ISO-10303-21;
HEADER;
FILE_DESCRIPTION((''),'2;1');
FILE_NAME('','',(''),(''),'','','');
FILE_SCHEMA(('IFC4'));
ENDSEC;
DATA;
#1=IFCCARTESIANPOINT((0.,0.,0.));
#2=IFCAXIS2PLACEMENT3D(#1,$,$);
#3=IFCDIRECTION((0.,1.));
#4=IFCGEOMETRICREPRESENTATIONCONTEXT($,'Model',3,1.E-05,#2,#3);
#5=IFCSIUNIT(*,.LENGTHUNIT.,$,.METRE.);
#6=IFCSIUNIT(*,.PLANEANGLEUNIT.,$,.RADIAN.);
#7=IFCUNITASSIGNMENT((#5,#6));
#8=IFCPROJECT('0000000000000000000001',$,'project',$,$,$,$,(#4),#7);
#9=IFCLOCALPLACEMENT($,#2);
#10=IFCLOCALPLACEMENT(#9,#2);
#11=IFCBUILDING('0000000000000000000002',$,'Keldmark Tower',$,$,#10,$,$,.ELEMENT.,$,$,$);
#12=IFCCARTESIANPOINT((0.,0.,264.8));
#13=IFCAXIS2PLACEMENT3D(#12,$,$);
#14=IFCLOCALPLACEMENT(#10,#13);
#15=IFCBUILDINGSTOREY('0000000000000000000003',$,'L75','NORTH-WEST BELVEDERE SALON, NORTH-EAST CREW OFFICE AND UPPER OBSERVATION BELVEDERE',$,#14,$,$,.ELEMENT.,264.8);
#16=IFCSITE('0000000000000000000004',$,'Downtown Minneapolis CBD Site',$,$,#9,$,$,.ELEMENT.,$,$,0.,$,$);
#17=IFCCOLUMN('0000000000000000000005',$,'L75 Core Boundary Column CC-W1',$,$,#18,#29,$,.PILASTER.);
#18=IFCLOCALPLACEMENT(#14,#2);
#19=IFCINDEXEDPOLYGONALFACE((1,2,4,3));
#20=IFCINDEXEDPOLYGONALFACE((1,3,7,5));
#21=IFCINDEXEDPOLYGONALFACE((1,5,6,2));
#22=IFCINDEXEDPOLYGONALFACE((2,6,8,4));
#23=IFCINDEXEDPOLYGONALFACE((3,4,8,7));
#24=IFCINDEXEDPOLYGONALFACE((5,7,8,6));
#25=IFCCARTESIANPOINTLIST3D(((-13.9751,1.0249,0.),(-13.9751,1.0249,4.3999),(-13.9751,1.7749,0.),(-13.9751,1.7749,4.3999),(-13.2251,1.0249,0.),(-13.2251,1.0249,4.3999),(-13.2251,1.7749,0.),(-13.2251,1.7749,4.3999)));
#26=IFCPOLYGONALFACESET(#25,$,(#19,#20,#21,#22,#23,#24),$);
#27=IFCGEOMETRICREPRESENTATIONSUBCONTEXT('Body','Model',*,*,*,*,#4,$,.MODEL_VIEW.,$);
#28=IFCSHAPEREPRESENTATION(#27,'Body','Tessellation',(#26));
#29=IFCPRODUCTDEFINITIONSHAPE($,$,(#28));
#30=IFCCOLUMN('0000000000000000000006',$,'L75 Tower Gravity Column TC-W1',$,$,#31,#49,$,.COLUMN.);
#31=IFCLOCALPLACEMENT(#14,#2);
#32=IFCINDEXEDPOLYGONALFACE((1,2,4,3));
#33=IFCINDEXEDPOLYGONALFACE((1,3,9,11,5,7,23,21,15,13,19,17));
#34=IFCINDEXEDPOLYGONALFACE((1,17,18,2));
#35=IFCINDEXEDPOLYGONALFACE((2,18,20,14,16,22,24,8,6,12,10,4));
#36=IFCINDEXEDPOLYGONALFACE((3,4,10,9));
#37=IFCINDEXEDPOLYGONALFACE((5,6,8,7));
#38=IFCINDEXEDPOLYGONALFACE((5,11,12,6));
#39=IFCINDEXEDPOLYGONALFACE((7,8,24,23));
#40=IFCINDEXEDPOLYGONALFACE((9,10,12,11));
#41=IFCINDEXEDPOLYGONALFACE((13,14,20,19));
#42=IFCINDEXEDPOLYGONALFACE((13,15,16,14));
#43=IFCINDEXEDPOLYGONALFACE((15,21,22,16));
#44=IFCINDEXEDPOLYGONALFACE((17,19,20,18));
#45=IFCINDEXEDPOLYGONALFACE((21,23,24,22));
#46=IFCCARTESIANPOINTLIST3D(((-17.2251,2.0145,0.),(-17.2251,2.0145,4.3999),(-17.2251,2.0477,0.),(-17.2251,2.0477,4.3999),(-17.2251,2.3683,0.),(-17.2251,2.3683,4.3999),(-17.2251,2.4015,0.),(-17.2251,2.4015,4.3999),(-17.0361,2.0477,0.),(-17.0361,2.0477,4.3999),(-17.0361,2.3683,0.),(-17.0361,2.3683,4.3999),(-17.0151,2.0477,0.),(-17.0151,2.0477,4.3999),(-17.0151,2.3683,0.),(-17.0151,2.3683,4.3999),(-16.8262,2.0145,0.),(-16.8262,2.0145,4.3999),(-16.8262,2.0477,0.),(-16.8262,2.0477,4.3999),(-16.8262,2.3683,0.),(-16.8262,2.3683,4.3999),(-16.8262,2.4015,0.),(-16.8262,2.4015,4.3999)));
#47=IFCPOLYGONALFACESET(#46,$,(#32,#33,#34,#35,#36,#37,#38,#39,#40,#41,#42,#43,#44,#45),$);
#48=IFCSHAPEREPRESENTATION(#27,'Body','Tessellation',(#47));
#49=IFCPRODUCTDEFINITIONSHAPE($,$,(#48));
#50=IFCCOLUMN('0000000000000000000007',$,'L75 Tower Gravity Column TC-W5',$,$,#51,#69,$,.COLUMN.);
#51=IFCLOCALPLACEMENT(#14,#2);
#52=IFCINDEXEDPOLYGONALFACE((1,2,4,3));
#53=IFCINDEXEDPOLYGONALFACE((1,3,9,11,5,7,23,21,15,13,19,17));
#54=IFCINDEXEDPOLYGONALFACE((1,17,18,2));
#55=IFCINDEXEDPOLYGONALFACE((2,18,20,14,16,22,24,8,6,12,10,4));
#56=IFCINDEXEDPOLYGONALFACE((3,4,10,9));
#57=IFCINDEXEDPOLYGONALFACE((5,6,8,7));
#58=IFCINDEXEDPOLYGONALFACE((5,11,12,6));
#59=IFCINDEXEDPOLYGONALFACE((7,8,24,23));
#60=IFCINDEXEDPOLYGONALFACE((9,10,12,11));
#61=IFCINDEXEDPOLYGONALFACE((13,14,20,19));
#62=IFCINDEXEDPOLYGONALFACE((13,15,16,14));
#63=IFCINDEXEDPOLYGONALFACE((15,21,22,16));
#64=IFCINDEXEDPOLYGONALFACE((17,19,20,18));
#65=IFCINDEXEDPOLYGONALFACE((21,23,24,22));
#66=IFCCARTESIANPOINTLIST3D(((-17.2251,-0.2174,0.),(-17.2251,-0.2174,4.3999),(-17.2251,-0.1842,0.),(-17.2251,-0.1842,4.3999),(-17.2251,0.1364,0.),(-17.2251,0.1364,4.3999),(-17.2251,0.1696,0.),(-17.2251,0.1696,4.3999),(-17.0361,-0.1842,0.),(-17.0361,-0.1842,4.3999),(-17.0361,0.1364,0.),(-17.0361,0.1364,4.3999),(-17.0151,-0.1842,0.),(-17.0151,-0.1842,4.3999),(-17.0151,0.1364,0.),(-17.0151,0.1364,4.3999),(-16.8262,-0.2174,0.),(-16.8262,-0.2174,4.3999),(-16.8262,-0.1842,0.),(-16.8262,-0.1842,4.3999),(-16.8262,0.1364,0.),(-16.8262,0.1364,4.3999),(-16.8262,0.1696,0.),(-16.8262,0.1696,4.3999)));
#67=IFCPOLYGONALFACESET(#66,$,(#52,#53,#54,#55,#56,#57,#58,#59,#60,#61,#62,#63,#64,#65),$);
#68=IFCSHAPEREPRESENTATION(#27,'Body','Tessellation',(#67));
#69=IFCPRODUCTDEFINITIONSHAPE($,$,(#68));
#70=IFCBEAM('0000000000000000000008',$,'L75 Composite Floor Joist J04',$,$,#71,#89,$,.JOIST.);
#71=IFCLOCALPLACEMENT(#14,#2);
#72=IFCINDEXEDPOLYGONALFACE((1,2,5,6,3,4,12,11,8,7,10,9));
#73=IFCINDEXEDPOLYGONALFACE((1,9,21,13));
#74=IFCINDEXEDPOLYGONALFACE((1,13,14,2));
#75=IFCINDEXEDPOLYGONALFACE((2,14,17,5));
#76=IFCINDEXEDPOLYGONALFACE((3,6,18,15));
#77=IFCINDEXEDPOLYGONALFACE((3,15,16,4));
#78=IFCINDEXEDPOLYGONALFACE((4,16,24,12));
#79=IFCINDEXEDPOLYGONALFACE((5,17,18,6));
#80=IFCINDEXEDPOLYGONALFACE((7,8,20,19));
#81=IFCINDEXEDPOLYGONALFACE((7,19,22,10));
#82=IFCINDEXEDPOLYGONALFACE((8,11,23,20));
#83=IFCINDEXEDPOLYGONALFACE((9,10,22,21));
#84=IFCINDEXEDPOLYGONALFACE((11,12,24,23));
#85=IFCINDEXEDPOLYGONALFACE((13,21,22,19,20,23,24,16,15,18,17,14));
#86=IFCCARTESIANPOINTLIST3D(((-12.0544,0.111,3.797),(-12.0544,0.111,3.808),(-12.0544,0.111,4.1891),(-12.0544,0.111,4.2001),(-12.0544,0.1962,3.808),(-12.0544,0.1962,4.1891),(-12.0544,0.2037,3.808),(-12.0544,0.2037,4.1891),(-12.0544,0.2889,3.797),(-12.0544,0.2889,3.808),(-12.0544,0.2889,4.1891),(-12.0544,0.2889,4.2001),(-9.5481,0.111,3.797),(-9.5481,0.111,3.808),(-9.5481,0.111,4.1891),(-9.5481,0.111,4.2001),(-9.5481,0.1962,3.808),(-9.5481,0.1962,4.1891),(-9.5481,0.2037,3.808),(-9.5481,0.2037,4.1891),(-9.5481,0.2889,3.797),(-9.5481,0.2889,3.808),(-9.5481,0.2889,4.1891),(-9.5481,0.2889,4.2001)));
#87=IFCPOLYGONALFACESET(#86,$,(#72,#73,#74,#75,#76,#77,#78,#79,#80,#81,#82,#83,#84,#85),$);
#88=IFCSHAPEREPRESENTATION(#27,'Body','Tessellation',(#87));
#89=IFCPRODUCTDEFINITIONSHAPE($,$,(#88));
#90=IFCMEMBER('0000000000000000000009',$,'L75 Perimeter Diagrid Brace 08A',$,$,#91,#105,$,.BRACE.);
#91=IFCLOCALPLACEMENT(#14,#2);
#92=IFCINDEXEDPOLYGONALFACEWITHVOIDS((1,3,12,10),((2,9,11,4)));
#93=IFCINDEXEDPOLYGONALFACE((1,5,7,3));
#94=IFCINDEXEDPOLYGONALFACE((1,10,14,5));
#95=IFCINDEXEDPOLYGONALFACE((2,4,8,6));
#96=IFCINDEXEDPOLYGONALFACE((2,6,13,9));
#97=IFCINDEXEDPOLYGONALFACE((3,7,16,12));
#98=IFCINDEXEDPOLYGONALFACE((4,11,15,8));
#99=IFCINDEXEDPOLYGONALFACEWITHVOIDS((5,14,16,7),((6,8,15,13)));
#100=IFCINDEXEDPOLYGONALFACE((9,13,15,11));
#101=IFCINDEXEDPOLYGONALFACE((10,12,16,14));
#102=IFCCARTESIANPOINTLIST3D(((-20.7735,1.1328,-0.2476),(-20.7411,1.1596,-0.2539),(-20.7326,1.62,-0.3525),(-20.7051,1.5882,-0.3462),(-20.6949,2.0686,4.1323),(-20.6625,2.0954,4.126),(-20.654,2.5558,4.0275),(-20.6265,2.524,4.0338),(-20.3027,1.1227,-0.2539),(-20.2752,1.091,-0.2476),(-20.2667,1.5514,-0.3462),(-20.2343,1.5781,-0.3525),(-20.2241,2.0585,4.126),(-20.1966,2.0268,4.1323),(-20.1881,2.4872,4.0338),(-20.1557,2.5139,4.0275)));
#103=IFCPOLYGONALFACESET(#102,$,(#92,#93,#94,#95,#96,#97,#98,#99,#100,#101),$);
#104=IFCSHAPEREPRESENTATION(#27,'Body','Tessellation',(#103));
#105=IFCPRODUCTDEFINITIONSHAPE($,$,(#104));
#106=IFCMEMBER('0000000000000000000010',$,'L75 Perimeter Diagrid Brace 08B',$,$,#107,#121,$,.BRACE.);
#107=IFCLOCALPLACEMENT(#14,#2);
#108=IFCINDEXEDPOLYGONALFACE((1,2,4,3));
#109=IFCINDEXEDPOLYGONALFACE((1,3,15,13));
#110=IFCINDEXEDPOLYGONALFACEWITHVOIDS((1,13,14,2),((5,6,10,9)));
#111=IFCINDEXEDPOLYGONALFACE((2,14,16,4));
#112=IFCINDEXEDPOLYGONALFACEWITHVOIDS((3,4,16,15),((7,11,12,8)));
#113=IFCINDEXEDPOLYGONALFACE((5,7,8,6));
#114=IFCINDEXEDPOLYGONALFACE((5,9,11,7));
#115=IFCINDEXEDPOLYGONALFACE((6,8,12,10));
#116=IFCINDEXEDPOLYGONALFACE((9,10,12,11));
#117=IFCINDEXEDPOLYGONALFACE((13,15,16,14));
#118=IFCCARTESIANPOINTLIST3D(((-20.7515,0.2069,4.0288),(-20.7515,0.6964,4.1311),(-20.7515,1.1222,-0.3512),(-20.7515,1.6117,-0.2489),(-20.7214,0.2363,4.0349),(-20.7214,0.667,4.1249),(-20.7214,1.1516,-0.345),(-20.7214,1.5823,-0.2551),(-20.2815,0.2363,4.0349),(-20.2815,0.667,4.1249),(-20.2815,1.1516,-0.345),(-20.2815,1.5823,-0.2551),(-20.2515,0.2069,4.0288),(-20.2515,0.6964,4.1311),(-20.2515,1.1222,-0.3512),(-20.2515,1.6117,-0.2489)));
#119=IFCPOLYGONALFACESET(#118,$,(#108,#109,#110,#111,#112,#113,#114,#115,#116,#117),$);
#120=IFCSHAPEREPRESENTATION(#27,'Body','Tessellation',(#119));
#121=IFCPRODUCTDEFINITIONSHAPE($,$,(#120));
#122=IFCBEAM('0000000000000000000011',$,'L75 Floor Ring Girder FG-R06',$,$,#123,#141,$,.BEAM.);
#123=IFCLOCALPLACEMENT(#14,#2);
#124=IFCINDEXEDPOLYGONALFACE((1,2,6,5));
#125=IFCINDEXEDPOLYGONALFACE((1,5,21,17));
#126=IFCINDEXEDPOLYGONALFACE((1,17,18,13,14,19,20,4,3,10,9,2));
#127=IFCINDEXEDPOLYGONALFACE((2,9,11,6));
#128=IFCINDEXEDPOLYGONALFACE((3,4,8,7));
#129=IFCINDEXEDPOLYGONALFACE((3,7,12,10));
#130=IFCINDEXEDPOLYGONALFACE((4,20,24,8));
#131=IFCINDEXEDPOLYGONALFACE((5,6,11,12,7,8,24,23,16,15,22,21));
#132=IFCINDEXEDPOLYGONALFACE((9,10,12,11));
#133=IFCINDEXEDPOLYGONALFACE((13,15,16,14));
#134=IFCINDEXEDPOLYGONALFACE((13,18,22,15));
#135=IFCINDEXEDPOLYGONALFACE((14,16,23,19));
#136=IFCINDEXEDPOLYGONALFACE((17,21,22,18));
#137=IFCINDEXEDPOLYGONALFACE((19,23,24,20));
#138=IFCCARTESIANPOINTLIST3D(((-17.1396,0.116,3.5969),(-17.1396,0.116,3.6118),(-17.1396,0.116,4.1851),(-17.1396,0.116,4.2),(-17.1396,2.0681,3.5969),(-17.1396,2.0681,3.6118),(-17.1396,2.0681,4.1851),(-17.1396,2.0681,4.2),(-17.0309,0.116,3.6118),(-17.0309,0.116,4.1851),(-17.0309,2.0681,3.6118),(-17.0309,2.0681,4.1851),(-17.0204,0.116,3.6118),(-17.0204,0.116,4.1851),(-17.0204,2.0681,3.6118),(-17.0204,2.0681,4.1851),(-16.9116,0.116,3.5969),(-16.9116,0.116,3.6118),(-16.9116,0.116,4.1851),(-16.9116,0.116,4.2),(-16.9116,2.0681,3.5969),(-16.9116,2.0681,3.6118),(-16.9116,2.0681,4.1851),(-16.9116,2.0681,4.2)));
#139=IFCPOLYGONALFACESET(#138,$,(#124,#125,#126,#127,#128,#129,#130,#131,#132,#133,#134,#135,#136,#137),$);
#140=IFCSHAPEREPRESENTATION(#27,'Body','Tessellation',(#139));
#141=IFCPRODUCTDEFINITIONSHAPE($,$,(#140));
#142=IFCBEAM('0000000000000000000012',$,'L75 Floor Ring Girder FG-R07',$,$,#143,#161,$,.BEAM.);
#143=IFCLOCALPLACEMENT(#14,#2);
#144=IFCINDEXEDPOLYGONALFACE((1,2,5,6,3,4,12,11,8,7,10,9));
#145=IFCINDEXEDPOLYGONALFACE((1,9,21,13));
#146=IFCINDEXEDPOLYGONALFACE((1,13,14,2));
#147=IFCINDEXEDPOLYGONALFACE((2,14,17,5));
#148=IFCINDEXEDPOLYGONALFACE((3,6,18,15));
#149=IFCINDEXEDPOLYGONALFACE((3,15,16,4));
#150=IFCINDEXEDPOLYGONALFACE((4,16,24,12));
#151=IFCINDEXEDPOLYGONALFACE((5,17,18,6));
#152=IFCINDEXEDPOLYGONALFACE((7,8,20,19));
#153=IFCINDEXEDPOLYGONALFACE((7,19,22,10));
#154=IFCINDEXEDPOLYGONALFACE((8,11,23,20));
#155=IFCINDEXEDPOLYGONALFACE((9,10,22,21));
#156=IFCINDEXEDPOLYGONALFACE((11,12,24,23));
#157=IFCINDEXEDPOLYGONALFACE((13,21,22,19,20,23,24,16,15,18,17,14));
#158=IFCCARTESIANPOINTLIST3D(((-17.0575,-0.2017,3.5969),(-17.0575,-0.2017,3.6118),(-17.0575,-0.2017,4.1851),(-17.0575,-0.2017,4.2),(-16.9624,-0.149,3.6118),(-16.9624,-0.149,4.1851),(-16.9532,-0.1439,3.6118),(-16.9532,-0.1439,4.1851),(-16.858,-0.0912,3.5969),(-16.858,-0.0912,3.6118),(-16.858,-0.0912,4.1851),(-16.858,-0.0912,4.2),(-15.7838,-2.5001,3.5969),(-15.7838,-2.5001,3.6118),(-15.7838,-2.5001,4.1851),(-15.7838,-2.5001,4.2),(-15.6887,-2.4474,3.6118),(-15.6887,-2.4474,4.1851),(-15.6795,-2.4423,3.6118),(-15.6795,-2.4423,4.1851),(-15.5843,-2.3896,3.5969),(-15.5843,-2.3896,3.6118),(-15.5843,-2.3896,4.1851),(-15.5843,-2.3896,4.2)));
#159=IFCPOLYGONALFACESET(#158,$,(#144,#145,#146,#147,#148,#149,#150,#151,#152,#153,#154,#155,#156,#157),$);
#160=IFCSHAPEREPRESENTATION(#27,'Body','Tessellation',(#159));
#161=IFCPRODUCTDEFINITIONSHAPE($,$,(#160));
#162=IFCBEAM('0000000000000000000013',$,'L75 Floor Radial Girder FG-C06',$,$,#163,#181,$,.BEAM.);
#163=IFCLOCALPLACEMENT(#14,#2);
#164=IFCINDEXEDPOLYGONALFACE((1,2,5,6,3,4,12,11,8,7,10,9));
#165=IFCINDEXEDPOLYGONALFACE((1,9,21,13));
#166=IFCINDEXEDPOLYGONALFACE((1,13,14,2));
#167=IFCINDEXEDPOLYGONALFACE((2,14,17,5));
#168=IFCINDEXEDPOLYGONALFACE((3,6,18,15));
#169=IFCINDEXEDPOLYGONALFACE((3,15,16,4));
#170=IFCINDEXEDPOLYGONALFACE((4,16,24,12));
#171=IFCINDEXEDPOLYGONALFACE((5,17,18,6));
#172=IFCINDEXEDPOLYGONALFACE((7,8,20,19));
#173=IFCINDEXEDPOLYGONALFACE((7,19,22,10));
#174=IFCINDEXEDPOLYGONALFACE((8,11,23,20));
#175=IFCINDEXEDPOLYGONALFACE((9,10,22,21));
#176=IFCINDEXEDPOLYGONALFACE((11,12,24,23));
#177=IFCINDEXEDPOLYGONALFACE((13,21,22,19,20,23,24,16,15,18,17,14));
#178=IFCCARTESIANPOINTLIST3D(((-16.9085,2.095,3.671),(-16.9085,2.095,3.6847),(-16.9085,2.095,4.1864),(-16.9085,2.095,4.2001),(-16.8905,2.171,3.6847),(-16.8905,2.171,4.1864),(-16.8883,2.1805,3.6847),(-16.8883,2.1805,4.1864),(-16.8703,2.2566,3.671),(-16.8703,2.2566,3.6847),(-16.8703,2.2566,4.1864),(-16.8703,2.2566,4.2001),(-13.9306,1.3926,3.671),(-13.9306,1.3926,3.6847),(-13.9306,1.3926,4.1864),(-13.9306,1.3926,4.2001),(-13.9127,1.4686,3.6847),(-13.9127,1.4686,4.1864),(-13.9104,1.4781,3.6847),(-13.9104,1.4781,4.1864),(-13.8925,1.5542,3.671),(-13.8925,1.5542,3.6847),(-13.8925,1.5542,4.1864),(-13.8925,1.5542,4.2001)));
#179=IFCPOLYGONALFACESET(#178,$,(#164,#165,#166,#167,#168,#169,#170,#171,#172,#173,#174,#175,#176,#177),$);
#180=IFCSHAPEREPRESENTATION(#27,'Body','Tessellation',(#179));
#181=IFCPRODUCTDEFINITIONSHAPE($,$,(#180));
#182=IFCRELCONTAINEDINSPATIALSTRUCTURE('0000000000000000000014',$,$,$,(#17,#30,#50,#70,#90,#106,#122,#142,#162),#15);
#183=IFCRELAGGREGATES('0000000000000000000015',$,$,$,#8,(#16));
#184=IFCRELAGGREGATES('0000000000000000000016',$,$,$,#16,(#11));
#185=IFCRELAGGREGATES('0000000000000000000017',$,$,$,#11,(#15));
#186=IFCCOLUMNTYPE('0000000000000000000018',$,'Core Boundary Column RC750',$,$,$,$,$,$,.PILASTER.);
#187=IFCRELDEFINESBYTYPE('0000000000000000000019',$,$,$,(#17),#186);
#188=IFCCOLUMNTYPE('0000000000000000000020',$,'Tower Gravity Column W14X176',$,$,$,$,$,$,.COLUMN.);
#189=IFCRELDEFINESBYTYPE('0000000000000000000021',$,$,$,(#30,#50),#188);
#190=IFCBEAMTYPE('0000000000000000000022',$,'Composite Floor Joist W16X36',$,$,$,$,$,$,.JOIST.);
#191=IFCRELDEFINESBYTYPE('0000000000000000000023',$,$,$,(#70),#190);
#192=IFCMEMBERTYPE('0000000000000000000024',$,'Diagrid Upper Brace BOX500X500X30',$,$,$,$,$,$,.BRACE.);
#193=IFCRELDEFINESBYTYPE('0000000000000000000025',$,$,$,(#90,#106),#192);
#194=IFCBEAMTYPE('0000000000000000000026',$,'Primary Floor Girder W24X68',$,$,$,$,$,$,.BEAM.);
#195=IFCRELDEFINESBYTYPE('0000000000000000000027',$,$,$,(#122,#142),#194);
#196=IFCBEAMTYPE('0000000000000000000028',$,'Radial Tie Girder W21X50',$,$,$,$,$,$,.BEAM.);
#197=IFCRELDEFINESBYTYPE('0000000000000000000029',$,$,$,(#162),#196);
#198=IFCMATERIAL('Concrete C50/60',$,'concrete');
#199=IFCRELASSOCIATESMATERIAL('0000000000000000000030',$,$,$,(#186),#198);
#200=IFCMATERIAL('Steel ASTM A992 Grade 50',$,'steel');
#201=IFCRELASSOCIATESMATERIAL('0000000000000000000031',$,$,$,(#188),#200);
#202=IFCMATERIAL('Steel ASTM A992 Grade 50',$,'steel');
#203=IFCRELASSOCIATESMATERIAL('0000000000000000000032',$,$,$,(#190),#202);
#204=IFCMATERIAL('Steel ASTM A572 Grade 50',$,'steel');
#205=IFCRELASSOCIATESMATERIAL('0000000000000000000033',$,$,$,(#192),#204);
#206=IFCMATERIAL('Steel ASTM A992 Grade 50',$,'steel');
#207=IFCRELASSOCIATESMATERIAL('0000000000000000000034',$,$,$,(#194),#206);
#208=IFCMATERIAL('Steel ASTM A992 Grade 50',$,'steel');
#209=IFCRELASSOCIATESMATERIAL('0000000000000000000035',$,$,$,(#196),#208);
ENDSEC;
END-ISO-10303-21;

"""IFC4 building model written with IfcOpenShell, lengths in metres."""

from ifc_helpers import new_model, si_unit, direction, frame, origin, origin_2d, place, context, subcontext, project, spatial, rectangle, hollow_rectangle, i_section, extrude, material, material_profile, profile_set, type_object, element, save


model = new_model("IFC4")

# Units and contexts
model_context = context("Model", 3, precision=1e-05, world=origin(), true_north=direction((0.0, 1.0)))
body_context = subcontext(model_context, "Body", "Model", "MODEL_VIEW")
ifc_project = project(units=[si_unit("LENGTHUNIT", "METRE"), si_unit("PLANEANGLEUNIT", "RADIAN")], contexts=[model_context])

# Site, building, storey
site_placement = place(None, origin())
site = spatial("IfcSite", under=ifc_project, at=site_placement, Name="Downtown Minneapolis CBD Site", CompositionType="ELEMENT", RefElevation=0.0)
building_placement = place(site_placement, origin())
building = spatial("IfcBuilding", under=site, at=building_placement, Name="Keldmark Tower", CompositionType="ELEMENT")
storey_placement = place(building_placement, frame((0.0, 0.0, 264.8)))
storey = spatial("IfcBuildingStorey", under=building, at=storey_placement, Name="L75", Description="NORTH-WEST BELVEDERE SALON, NORTH-EAST CREW OFFICE AND UPPER OBSERVATION BELVEDERE", CompositionType="ELEMENT", Elevation=264.8)

# Columns
ifc_material_1 = material(Name="Concrete C50/60", Category="concrete")
ifc_material_profile_1 = material_profile(ifc_material_1, rectangle(XDim=0.75, YDim=0.75, at=origin_2d()), Name="RC750X750")
ifc_profile_set_1 = profile_set([ifc_material_profile_1], Name="Concrete C50/60")
column_type_1 = type_object("IfcColumnType", Name="Core Boundary Column RC750", PredefinedType="PILASTER", material=ifc_profile_set_1)
column_placement = place(storey_placement, frame((-13.6001, 1.3999, 0.0), z_axis=(0.0, 0.0, 1.0), x_axis=(1.0, 0.0, 0.0)))
element("IfcColumn", 1, at=column_placement, inside=storey, type_object=column_type_1, Name="L75 Core Boundary Column CC-W1", PredefinedType="PILASTER", context=body_context, shape_type="SweptSolid", body=[
    extrude(rectangle(XDim=0.75, YDim=0.75, at=origin_2d()), origin(), (0.0, 0.0, 1.0), 4.3999),
])
ifc_material_2 = material(Name="Steel ASTM A992 Grade 50", Category="steel")
ifc_material_profile_2 = material_profile(ifc_material_2, i_section(OverallWidth=0.3989, OverallDepth=0.387, WebThickness=0.021, FlangeThickness=0.0332, at=origin_2d()), Name="W14X176")
ifc_profile_set_2 = profile_set([ifc_material_profile_2], Name="Steel ASTM A992 Grade 50")
column_type_2 = type_object("IfcColumnType", Name="Tower Gravity Column W14X176", PredefinedType="COLUMN", material=ifc_profile_set_2)
for number, where, z_axis, x_axis, name in (
    (2, (-17.0256, 2.208, 0.0), (0.0, 0.0, 1.0), (1.0, 0.0, 0.0), "L75 Tower Gravity Column TC-W1"),
    (3, (-17.0256, -0.0239, 0.0), (0.0, 0.0, 1.0), (1.0, 0.0, 0.0), "L75 Tower Gravity Column TC-W5"),
):
    element("IfcColumn", number, at=place(storey_placement, frame(where, z_axis=z_axis, x_axis=x_axis)), inside=storey, type_object=column_type_2, Name=name, PredefinedType="COLUMN", context=body_context, shape_type="SweptSolid", body=[
        extrude(i_section(OverallWidth=0.3989, OverallDepth=0.387, WebThickness=0.021, FlangeThickness=0.0332, at=origin_2d()), origin(), (0.0, 0.0, 1.0), 4.3999),
    ])

# Beam
ifc_material_3 = material(Name="Steel ASTM A992 Grade 50", Category="steel")
ifc_material_profile_3 = material_profile(ifc_material_3, i_section(OverallWidth=0.178, OverallDepth=0.4031, WebThickness=0.0076, FlangeThickness=0.011, at=origin_2d()), Name="W16X36")
ifc_profile_set_3 = profile_set([ifc_material_profile_3], Name="Steel ASTM A992 Grade 50")
beam_type_1 = type_object("IfcBeamType", Name="Composite Floor Joist W16X36", PredefinedType="JOIST", material=ifc_profile_set_3)
beam_1_placement = place(storey_placement, frame((-12.0544, 0.2, 3.9985), z_axis=(1.0, 0.0, 0.0), x_axis=(0.0, 1.0, 0.0)))
element("IfcBeam", 4, at=beam_1_placement, inside=storey, type_object=beam_type_1, Name="L75 Composite Floor Joist J04", PredefinedType="JOIST", context=body_context, shape_type="SweptSolid", body=[
    extrude(i_section(OverallWidth=0.178, OverallDepth=0.4031, WebThickness=0.0076, FlangeThickness=0.011, at=origin_2d()), origin(), (0.0, 0.0, 1.0), 2.5063),
])

# Members
ifc_material_4 = material(Name="Steel ASTM A572 Grade 50", Category="steel")
ifc_material_profile_4 = material_profile(ifc_material_4, hollow_rectangle(XDim=0.5, YDim=0.5, WallThickness=0.03, at=origin_2d()), Name="BOX500X500X30")
ifc_profile_set_4 = profile_set([ifc_material_profile_4], Name="Steel ASTM A572 Grade 50")
member_type = type_object("IfcMemberType", Name="Diagrid Upper Brace BOX500X500X30", PredefinedType="BRACE", material=ifc_profile_set_4)
member_1_placement = place(storey_placement, frame((-20.5039, 1.3555, -0.3), z_axis=(0.01755, 0.208909, 0.977778), x_axis=(-0.99649, 0.083712, 0.0)))
element("IfcMember", 5, at=member_1_placement, inside=storey, type_object=member_type, Name="L75 Perimeter Diagrid Brace 08A", PredefinedType="BRACE", context=body_context, shape_type="SweptSolid", body=[
    extrude(hollow_rectangle(XDim=0.5, YDim=0.5, WallThickness=0.03, at=origin_2d()), origin(), (0.0, 0.0, 1.0), 4.4795),
])
member_2_placement = place(storey_placement, frame((-20.5015, 1.3669, -0.3), z_axis=(0.0, -0.204556, 0.978855), x_axis=(1.0, 0.0, 0.0)))
element("IfcMember", 6, at=member_2_placement, inside=storey, type_object=member_type, Name="L75 Perimeter Diagrid Brace 08B", PredefinedType="BRACE", context=body_context, shape_type="SweptSolid", body=[
    extrude(hollow_rectangle(XDim=0.5, YDim=0.5, WallThickness=0.03, at=origin_2d()), origin(), (0.0, 0.0, 1.0), 4.4746),
])

# Beams
ifc_material_5 = material(Name="Steel ASTM A992 Grade 50", Category="steel")
ifc_material_profile_5 = material_profile(ifc_material_5, i_section(OverallWidth=0.228, OverallDepth=0.603, WebThickness=0.0105, FlangeThickness=0.0149, at=origin_2d()), Name="W24X68")
ifc_profile_set_5 = profile_set([ifc_material_profile_5], Name="Steel ASTM A992 Grade 50")
beam_type_2 = type_object("IfcBeamType", Name="Primary Floor Girder W24X68", PredefinedType="BEAM", material=ifc_profile_set_5)
beam_2_placement = place(storey_placement, frame((-17.0256, 2.0681, 3.8984), z_axis=(0.0, -1.0, 0.0), x_axis=(1.0, 0.0, 0.0)))
element("IfcBeam", 7, at=beam_2_placement, inside=storey, type_object=beam_type_2, Name="L75 Floor Ring Girder FG-R06", PredefinedType="BEAM", context=body_context, shape_type="SweptSolid", body=[
    extrude(i_section(OverallWidth=0.228, OverallDepth=0.603, WebThickness=0.0105, FlangeThickness=0.0149, at=origin_2d()), origin(), (0.0, 0.0, 1.0), 1.9521),
])
beam_3_placement = place(storey_placement, frame((-16.9578, -0.1465, 3.8984), z_axis=(0.48472, -0.87467, 0.0), x_axis=(0.87467, 0.48472, 0.0)))
element("IfcBeam", 8, at=beam_3_placement, inside=storey, type_object=beam_type_2, Name="L75 Floor Ring Girder FG-R07", PredefinedType="BEAM", context=body_context, shape_type="SweptSolid", body=[
    extrude(i_section(OverallWidth=0.228, OverallDepth=0.603, WebThickness=0.0105, FlangeThickness=0.0149, at=origin_2d()), origin(), (0.0, 0.0, 1.0), 2.6277),
])
ifc_material_6 = material(Name="Steel ASTM A992 Grade 50", Category="steel")
ifc_material_profile_6 = material_profile(ifc_material_6, i_section(OverallWidth=0.166, OverallDepth=0.5291, WebThickness=0.0098, FlangeThickness=0.0137, at=origin_2d()), Name="W21X50")
ifc_profile_set_6 = profile_set([ifc_material_profile_6], Name="Steel ASTM A992 Grade 50")
beam_type_3 = type_object("IfcBeamType", Name="Radial Tie Girder W21X50", PredefinedType="BEAM", material=ifc_profile_set_6)
beam_4_placement = place(storey_placement, frame((-16.8894, 2.1758, 3.9355), z_axis=(0.97329, -0.229577, 0.0), x_axis=(0.229577, 0.97329, 0.0)))
element("IfcBeam", 9, at=beam_4_placement, inside=storey, type_object=beam_type_3, Name="L75 Floor Radial Girder FG-C06", PredefinedType="BEAM", context=body_context, shape_type="SweptSolid", body=[
    extrude(i_section(OverallWidth=0.166, OverallDepth=0.5291, WebThickness=0.0098, FlangeThickness=0.0137, at=origin_2d()), origin(), (0.0, 0.0, 1.0), 3.0596),
])

save(model, "model.ifc")
